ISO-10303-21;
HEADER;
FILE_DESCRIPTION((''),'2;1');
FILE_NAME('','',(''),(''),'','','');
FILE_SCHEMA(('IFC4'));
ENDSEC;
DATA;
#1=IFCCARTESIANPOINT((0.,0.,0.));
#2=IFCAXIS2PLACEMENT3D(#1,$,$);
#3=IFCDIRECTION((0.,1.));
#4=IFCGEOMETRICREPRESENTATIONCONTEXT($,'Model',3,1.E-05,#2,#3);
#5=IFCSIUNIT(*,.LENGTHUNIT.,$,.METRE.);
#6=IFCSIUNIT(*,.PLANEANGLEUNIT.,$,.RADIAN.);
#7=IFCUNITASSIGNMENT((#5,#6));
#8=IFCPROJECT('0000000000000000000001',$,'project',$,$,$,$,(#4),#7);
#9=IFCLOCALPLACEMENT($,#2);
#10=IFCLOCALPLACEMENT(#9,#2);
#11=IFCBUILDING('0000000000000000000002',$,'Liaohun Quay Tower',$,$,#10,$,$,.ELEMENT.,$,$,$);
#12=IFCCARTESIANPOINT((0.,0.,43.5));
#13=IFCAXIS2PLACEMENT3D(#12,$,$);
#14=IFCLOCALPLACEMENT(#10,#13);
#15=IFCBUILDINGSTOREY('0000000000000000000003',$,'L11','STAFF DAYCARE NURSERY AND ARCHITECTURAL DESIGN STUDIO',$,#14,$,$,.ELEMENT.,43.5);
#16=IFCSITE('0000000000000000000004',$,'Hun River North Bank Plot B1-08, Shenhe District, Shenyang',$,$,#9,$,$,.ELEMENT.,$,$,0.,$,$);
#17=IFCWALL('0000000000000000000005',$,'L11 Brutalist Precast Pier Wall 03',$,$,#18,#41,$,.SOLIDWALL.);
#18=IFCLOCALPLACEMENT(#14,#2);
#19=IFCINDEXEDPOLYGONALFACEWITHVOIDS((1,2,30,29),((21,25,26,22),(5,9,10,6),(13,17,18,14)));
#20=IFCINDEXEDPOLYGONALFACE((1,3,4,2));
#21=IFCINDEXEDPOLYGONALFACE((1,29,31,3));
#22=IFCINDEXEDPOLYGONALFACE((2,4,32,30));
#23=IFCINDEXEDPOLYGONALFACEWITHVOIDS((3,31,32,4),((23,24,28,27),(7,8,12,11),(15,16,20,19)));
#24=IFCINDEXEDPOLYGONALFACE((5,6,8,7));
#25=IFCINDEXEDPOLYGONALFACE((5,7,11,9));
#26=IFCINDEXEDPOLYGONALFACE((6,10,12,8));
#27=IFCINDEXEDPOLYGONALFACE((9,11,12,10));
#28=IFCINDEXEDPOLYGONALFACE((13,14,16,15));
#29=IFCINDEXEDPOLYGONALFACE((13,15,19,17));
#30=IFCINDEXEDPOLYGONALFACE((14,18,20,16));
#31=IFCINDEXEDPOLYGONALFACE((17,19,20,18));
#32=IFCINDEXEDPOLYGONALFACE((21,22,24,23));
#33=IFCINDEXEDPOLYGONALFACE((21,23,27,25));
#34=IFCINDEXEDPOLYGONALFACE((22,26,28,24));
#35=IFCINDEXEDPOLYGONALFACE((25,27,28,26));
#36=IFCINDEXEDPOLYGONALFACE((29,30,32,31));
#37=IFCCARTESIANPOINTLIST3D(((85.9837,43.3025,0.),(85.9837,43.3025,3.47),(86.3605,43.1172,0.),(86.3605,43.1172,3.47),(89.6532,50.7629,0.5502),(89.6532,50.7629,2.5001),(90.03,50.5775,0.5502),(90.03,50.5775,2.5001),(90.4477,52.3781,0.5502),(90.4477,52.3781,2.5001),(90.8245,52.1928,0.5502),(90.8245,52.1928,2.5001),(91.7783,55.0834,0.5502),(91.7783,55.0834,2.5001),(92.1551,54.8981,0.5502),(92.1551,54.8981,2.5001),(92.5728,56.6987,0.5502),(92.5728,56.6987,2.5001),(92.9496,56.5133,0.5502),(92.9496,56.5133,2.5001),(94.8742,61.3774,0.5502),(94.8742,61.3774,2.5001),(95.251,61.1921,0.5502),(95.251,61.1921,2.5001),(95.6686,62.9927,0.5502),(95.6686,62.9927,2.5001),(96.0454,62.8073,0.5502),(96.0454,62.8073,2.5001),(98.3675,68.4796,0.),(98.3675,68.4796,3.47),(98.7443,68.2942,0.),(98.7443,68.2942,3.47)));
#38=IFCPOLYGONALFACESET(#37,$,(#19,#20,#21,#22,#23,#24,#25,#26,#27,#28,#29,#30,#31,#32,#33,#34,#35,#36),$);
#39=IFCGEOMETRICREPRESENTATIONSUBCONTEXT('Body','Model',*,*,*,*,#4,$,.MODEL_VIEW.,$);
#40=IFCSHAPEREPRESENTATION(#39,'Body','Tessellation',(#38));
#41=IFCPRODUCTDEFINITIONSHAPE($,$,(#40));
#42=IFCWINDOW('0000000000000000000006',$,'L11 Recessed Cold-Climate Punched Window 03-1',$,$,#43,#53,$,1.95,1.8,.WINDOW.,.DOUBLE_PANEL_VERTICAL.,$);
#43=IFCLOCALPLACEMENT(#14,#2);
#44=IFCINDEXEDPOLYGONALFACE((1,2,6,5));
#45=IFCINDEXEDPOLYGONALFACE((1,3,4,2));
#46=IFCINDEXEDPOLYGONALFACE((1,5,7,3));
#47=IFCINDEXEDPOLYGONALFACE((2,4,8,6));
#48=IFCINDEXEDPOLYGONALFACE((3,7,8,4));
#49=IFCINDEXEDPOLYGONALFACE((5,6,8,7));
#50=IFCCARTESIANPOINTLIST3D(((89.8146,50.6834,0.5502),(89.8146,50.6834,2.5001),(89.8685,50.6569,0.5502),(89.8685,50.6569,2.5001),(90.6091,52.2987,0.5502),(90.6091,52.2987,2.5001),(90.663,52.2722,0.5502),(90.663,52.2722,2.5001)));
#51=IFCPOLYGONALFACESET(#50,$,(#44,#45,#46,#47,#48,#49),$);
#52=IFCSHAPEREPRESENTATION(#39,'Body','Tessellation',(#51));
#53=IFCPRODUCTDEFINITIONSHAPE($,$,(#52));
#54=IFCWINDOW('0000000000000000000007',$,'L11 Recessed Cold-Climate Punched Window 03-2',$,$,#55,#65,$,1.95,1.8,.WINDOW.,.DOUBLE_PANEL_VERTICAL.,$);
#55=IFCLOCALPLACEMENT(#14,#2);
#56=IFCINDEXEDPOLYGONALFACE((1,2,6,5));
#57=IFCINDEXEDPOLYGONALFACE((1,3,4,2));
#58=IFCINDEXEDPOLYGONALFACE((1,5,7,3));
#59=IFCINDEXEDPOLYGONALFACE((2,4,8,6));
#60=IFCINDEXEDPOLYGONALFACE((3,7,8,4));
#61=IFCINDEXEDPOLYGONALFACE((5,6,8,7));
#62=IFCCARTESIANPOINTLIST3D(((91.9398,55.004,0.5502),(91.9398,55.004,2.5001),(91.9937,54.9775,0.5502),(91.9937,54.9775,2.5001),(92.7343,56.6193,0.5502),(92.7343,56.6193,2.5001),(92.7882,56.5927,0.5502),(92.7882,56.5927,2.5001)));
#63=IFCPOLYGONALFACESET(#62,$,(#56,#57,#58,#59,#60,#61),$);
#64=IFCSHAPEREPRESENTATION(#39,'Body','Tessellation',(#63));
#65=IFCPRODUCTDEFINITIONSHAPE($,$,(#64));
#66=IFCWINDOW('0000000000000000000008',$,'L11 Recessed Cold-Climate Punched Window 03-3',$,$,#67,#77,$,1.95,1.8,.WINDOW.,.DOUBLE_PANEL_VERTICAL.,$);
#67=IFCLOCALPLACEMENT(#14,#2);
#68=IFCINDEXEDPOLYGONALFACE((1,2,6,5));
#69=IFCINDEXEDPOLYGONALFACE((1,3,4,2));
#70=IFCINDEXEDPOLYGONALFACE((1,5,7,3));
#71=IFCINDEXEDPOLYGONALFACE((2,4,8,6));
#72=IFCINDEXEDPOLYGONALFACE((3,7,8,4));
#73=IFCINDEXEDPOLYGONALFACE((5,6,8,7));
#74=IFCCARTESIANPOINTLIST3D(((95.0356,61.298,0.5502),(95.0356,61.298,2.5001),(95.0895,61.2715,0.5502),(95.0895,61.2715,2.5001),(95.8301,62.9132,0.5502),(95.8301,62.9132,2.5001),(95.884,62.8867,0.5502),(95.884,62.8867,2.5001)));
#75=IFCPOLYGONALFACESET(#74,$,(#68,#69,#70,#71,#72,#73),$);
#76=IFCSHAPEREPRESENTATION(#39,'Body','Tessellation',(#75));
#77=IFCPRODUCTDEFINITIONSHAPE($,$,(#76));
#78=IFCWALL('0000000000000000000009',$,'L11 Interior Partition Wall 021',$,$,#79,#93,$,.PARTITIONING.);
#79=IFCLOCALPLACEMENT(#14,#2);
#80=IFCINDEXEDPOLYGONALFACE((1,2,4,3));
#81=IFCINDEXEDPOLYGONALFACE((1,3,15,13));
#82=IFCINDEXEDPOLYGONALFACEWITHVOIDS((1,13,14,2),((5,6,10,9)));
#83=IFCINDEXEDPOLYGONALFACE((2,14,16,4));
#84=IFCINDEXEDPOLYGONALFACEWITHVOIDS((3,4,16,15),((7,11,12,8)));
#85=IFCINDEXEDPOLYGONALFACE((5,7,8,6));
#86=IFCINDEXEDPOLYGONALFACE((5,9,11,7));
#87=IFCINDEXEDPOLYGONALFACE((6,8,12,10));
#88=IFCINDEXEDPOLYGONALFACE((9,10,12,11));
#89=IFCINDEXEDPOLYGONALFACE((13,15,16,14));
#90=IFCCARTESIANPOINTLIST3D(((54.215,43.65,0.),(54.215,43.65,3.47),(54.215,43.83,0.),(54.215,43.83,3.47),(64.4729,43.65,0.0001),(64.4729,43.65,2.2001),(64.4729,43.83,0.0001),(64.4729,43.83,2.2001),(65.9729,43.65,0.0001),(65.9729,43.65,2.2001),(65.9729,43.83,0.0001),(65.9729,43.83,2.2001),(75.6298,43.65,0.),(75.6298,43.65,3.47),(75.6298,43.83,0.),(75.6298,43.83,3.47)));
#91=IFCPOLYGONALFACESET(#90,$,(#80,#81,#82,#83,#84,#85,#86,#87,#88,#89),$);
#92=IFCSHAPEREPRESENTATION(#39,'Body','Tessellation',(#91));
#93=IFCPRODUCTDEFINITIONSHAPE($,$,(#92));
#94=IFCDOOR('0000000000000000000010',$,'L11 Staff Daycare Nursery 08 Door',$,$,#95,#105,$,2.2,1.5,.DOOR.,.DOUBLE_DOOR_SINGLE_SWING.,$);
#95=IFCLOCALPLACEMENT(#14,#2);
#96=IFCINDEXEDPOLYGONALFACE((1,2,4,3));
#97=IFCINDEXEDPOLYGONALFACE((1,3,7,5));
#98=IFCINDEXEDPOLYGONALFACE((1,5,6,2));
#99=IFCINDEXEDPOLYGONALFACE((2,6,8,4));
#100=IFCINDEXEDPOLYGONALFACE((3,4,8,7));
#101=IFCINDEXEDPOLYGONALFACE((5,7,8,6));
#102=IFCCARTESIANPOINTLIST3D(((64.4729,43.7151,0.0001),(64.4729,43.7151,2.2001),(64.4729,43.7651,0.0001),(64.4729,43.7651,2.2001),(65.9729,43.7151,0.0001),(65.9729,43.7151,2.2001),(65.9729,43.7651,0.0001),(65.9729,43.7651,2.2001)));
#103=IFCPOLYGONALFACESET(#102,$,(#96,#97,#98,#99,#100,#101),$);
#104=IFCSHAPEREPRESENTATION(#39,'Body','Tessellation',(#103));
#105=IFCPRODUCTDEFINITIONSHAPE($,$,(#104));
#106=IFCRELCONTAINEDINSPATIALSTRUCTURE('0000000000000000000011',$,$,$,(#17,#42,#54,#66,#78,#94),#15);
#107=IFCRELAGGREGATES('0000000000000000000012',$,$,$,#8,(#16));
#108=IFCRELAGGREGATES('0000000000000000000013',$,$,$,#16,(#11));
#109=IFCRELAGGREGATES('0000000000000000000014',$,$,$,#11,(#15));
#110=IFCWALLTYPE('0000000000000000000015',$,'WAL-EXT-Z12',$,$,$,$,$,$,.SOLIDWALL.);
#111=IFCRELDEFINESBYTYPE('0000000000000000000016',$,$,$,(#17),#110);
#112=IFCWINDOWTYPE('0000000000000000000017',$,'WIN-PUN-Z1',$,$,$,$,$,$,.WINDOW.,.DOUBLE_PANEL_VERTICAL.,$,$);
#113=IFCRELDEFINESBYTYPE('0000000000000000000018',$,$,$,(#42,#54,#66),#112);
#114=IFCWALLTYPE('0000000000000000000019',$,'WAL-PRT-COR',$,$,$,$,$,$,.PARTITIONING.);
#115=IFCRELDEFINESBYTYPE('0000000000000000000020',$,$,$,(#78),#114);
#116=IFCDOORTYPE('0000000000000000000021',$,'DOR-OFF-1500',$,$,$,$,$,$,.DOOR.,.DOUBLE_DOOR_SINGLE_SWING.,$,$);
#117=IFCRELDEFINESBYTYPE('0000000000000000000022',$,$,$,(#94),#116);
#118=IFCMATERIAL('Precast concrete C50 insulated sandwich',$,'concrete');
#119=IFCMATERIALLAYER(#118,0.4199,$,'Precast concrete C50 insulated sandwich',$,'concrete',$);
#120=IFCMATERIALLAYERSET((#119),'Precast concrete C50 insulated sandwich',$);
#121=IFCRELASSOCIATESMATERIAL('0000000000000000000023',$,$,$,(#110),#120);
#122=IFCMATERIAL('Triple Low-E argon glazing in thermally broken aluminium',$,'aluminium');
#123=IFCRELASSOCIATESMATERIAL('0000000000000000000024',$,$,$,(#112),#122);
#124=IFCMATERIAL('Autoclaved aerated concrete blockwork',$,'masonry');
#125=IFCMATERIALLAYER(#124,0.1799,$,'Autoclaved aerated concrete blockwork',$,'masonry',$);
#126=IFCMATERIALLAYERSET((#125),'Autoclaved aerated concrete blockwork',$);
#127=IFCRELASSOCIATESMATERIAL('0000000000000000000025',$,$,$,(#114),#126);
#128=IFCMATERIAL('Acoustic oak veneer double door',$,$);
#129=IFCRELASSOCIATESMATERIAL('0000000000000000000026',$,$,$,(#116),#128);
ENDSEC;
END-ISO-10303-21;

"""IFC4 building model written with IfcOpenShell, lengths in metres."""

from ifc_helpers import new_model, si_unit, direction, frame, frame_2d, origin, place, context, subcontext, project, spatial, rectangle, extrude, source, transform, mapped, material, layer, layer_set, type_object, element, fill, save


model = new_model("IFC4")

# Units and contexts
model_context = context("Model", 3, precision=1e-05, world=origin(), true_north=direction((0.0, 1.0)))
body_context = subcontext(model_context, "Body", "Model", "MODEL_VIEW")
ifc_project = project(units=[si_unit("LENGTHUNIT", "METRE"), si_unit("PLANEANGLEUNIT", "RADIAN")], contexts=[model_context])

# Site, building, storey
site_placement = place(None, origin())
site = spatial("IfcSite", under=ifc_project, at=site_placement, Name="Hun River North Bank Plot B1-08, Shenhe District, Shenyang", CompositionType="ELEMENT", RefElevation=0.0)
building_placement = place(site_placement, origin())
building = spatial("IfcBuilding", under=site, at=building_placement, Name="Liaohun Quay Tower", CompositionType="ELEMENT")
storey_placement = place(building_placement, frame((0.0, 0.0, 43.5)))
storey = spatial("IfcBuildingStorey", under=building, at=storey_placement, Name="L11", Description="STAFF DAYCARE NURSERY AND ARCHITECTURAL DESIGN STUDIO", CompositionType="ELEMENT", Elevation=43.5)

# Shared definitions
ifc_material_1 = material(Name="Precast concrete C50 insulated sandwich", Category="concrete")
ifc_layer_1 = layer(ifc_material_1, 0.4199, Name="Precast concrete C50 insulated sandwich", Category="concrete")
ifc_layer_set_1 = layer_set([ifc_layer_1], Name="Precast concrete C50 insulated sandwich")
wall_type_1 = type_object("IfcWallType", Name="WAL-EXT-Z12", PredefinedType="SOLIDWALL", material=ifc_layer_set_1)

# Wall, openings, windows
shared_shape_1 = source(origin(), body_context, "Body", "SweptSolid", [
    extrude(rectangle(XDim=1.8, YDim=1.95, at=frame_2d((0.8999, 0.9751))), frame((0.0, 0.22, 0.0), z_axis=(0.0, -1.0, 0.0), x_axis=(1.0, 0.0, 0.0)), (0.0, 0.0, 1.0), 0.4399),
])
ifc_material_2 = material(Name="Triple Low-E argon glazing in thermally broken aluminium", Category="aluminium")
window_type_1 = type_object("IfcWindowType", Name="WIN-PUN-Z1", PartitioningType="DOUBLE_PANEL_VERTICAL", PredefinedType="WINDOW", material=ifc_material_2)
shared_shape_2 = source(origin(), body_context, "Body", "SweptSolid", [
    extrude(rectangle(XDim=1.8, YDim=1.95, at=frame_2d((0.8999, 0.9751))), frame((0.0, 0.03, 0.0), z_axis=(0.0, -1.0, 0.0), x_axis=(1.0, 0.0, 0.0)), (0.0, 0.0, 1.0), 0.0601),
])
wall_1_placement = place(storey_placement, frame((86.1721, 43.21, 0.0), z_axis=(0.0, 0.0, 1.0), x_axis=(0.441367, 0.897327, 0.0)))
wall_1 = element("IfcWall", 1, at=wall_1_placement, inside=storey, type_object=wall_type_1, Name="L11 Brutalist Precast Pier Wall 03", PredefinedType="SOLIDWALL", context=body_context, shape_type="SweptSolid", body=[
    extrude(rectangle(XDim=28.0579, YDim=0.4199, at=frame_2d((14.0288, 0.0))), origin(), (0.0, 0.0, 1.0), 3.47),
])
opening_1_placement = place(wall_1_placement, frame((8.314, 0.0, 0.55)))
opening_1 = element("IfcOpeningElement", 2, at=opening_1_placement, cuts=wall_1, PredefinedType="OPENING", context=body_context, shape_type="MappedRepresentation", body=[
    mapped(shared_shape_1, transform((0.0, 0.0, 0.0), x_axis=(1.0, 0.0, 0.0), y_axis=(0.0, 1.0, 0.0), z_axis=(0.0, 0.0, 1.0), scale=1.0)),
])
opening_2_placement = place(wall_1_placement, frame((13.1289, 0.0, 0.55)))
opening_2 = element("IfcOpeningElement", 3, at=opening_2_placement, cuts=wall_1, PredefinedType="OPENING", context=body_context, shape_type="MappedRepresentation", body=[
    mapped(shared_shape_1, transform((0.0, 0.0, 0.0), x_axis=(1.0, 0.0, 0.0), y_axis=(0.0, 1.0, 0.0), z_axis=(0.0, 0.0, 1.0), scale=1.0)),
])
opening_3_placement = place(wall_1_placement, frame((20.1431, 0.0, 0.55)))
opening_3 = element("IfcOpeningElement", 4, at=opening_3_placement, cuts=wall_1, PredefinedType="OPENING", context=body_context, shape_type="MappedRepresentation", body=[
    mapped(shared_shape_1, transform((0.0, 0.0, 0.0), x_axis=(1.0, 0.0, 0.0), y_axis=(0.0, 1.0, 0.0), z_axis=(0.0, 0.0, 1.0), scale=1.0)),
])
window_1_placement = place(opening_1_placement, origin())
window_1 = element("IfcWindow", 5, at=window_1_placement, inside=storey, type_object=window_type_1, Name="L11 Recessed Cold-Climate Punched Window 03-1", OverallHeight=1.95, OverallWidth=1.8, PartitioningType="DOUBLE_PANEL_VERTICAL", PredefinedType="WINDOW", context=body_context, shape_type="MappedRepresentation", body=[
    mapped(shared_shape_2, transform((0.0, 0.0, 0.0), x_axis=(1.0, 0.0, 0.0), y_axis=(0.0, 1.0, 0.0), z_axis=(0.0, 0.0, 1.0), scale=1.0)),
])
fill(opening_1, window_1)
window_2_placement = place(opening_2_placement, origin())
window_2 = element("IfcWindow", 6, at=window_2_placement, inside=storey, type_object=window_type_1, Name="L11 Recessed Cold-Climate Punched Window 03-2", OverallHeight=1.95, OverallWidth=1.8, PartitioningType="DOUBLE_PANEL_VERTICAL", PredefinedType="WINDOW", context=body_context, shape_type="MappedRepresentation", body=[
    mapped(shared_shape_2, transform((0.0, 0.0, 0.0), x_axis=(1.0, 0.0, 0.0), y_axis=(0.0, 1.0, 0.0), z_axis=(0.0, 0.0, 1.0), scale=1.0)),
])
fill(opening_2, window_2)
window_3_placement = place(opening_3_placement, origin())
window_3 = element("IfcWindow", 7, at=window_3_placement, inside=storey, type_object=window_type_1, Name="L11 Recessed Cold-Climate Punched Window 03-3", OverallHeight=1.95, OverallWidth=1.8, PartitioningType="DOUBLE_PANEL_VERTICAL", PredefinedType="WINDOW", context=body_context, shape_type="MappedRepresentation", body=[
    mapped(shared_shape_2, transform((0.0, 0.0, 0.0), x_axis=(1.0, 0.0, 0.0), y_axis=(0.0, 1.0, 0.0), z_axis=(0.0, 0.0, 1.0), scale=1.0)),
])
fill(opening_3, window_3)

# Wall, opening, door
ifc_material_3 = material(Name="Autoclaved aerated concrete blockwork", Category="masonry")
ifc_layer_2 = layer(ifc_material_3, 0.1799, Name="Autoclaved aerated concrete blockwork", Category="masonry")
ifc_layer_set_2 = layer_set([ifc_layer_2], Name="Autoclaved aerated concrete blockwork")
wall_type_2 = type_object("IfcWallType", Name="WAL-PRT-COR", PredefinedType="PARTITIONING", material=ifc_layer_set_2)
wall_2_placement = place(storey_placement, frame((75.6299, 43.74, 0.0), z_axis=(0.0, 0.0, 1.0), x_axis=(-1.0, 0.0, 0.0)))
wall_2 = element("IfcWall", 8, at=wall_2_placement, inside=storey, type_object=wall_type_2, Name="L11 Interior Partition Wall 021", PredefinedType="PARTITIONING", context=body_context, shape_type="SweptSolid", body=[
    extrude(rectangle(XDim=21.4148, YDim=0.1799, at=frame_2d((10.7075, 0.0))), origin(), (0.0, 0.0, 1.0), 3.47),
])
shared_shape_3 = source(origin(), body_context, "Body", "SweptSolid", [
    extrude(rectangle(XDim=1.5, YDim=2.2, at=frame_2d((0.75, 1.1001))), frame((0.0, 0.0999, 0.0), z_axis=(0.0, -1.0, 0.0), x_axis=(1.0, 0.0, 0.0)), (0.0, 0.0, 1.0), 0.2),
])
opening_4_placement = place(wall_2_placement, frame((9.657, 0.0, 0.0)))
opening_4 = element("IfcOpeningElement", 9, at=opening_4_placement, cuts=wall_2, PredefinedType="OPENING", context=body_context, shape_type="MappedRepresentation", body=[
    mapped(shared_shape_3, transform((0.0, 0.0, 0.0), x_axis=(1.0, 0.0, 0.0), y_axis=(0.0, 1.0, 0.0), z_axis=(0.0, 0.0, 1.0), scale=1.0)),
])
ifc_material_4 = material(Name="Acoustic oak veneer double door")
door_type = type_object("IfcDoorType", Name="DOR-OFF-1500", OperationType="DOUBLE_DOOR_SINGLE_SWING", PredefinedType="DOOR", material=ifc_material_4)
shared_shape_4 = source(origin(), body_context, "Body", "SweptSolid", [
    extrude(rectangle(XDim=1.5, YDim=2.2, at=frame_2d((0.75, 1.1001))), frame((0.0, 0.0249, 0.0), z_axis=(0.0, -1.0, 0.0), x_axis=(1.0, 0.0, 0.0)), (0.0, 0.0, 1.0), 0.05),
])
door_placement = place(opening_4_placement, origin())
door = element("IfcDoor", 10, at=door_placement, inside=storey, type_object=door_type, Name="L11 Staff Daycare Nursery 08 Door", OperationType="DOUBLE_DOOR_SINGLE_SWING", OverallHeight=2.2, OverallWidth=1.5, PredefinedType="DOOR", context=body_context, shape_type="MappedRepresentation", body=[
    mapped(shared_shape_4, transform((0.0, 0.0, 0.0), x_axis=(1.0, 0.0, 0.0), y_axis=(0.0, 1.0, 0.0), z_axis=(0.0, 0.0, 1.0), scale=1.0)),
])
fill(opening_4, door)

save(model, "model.ifc")
